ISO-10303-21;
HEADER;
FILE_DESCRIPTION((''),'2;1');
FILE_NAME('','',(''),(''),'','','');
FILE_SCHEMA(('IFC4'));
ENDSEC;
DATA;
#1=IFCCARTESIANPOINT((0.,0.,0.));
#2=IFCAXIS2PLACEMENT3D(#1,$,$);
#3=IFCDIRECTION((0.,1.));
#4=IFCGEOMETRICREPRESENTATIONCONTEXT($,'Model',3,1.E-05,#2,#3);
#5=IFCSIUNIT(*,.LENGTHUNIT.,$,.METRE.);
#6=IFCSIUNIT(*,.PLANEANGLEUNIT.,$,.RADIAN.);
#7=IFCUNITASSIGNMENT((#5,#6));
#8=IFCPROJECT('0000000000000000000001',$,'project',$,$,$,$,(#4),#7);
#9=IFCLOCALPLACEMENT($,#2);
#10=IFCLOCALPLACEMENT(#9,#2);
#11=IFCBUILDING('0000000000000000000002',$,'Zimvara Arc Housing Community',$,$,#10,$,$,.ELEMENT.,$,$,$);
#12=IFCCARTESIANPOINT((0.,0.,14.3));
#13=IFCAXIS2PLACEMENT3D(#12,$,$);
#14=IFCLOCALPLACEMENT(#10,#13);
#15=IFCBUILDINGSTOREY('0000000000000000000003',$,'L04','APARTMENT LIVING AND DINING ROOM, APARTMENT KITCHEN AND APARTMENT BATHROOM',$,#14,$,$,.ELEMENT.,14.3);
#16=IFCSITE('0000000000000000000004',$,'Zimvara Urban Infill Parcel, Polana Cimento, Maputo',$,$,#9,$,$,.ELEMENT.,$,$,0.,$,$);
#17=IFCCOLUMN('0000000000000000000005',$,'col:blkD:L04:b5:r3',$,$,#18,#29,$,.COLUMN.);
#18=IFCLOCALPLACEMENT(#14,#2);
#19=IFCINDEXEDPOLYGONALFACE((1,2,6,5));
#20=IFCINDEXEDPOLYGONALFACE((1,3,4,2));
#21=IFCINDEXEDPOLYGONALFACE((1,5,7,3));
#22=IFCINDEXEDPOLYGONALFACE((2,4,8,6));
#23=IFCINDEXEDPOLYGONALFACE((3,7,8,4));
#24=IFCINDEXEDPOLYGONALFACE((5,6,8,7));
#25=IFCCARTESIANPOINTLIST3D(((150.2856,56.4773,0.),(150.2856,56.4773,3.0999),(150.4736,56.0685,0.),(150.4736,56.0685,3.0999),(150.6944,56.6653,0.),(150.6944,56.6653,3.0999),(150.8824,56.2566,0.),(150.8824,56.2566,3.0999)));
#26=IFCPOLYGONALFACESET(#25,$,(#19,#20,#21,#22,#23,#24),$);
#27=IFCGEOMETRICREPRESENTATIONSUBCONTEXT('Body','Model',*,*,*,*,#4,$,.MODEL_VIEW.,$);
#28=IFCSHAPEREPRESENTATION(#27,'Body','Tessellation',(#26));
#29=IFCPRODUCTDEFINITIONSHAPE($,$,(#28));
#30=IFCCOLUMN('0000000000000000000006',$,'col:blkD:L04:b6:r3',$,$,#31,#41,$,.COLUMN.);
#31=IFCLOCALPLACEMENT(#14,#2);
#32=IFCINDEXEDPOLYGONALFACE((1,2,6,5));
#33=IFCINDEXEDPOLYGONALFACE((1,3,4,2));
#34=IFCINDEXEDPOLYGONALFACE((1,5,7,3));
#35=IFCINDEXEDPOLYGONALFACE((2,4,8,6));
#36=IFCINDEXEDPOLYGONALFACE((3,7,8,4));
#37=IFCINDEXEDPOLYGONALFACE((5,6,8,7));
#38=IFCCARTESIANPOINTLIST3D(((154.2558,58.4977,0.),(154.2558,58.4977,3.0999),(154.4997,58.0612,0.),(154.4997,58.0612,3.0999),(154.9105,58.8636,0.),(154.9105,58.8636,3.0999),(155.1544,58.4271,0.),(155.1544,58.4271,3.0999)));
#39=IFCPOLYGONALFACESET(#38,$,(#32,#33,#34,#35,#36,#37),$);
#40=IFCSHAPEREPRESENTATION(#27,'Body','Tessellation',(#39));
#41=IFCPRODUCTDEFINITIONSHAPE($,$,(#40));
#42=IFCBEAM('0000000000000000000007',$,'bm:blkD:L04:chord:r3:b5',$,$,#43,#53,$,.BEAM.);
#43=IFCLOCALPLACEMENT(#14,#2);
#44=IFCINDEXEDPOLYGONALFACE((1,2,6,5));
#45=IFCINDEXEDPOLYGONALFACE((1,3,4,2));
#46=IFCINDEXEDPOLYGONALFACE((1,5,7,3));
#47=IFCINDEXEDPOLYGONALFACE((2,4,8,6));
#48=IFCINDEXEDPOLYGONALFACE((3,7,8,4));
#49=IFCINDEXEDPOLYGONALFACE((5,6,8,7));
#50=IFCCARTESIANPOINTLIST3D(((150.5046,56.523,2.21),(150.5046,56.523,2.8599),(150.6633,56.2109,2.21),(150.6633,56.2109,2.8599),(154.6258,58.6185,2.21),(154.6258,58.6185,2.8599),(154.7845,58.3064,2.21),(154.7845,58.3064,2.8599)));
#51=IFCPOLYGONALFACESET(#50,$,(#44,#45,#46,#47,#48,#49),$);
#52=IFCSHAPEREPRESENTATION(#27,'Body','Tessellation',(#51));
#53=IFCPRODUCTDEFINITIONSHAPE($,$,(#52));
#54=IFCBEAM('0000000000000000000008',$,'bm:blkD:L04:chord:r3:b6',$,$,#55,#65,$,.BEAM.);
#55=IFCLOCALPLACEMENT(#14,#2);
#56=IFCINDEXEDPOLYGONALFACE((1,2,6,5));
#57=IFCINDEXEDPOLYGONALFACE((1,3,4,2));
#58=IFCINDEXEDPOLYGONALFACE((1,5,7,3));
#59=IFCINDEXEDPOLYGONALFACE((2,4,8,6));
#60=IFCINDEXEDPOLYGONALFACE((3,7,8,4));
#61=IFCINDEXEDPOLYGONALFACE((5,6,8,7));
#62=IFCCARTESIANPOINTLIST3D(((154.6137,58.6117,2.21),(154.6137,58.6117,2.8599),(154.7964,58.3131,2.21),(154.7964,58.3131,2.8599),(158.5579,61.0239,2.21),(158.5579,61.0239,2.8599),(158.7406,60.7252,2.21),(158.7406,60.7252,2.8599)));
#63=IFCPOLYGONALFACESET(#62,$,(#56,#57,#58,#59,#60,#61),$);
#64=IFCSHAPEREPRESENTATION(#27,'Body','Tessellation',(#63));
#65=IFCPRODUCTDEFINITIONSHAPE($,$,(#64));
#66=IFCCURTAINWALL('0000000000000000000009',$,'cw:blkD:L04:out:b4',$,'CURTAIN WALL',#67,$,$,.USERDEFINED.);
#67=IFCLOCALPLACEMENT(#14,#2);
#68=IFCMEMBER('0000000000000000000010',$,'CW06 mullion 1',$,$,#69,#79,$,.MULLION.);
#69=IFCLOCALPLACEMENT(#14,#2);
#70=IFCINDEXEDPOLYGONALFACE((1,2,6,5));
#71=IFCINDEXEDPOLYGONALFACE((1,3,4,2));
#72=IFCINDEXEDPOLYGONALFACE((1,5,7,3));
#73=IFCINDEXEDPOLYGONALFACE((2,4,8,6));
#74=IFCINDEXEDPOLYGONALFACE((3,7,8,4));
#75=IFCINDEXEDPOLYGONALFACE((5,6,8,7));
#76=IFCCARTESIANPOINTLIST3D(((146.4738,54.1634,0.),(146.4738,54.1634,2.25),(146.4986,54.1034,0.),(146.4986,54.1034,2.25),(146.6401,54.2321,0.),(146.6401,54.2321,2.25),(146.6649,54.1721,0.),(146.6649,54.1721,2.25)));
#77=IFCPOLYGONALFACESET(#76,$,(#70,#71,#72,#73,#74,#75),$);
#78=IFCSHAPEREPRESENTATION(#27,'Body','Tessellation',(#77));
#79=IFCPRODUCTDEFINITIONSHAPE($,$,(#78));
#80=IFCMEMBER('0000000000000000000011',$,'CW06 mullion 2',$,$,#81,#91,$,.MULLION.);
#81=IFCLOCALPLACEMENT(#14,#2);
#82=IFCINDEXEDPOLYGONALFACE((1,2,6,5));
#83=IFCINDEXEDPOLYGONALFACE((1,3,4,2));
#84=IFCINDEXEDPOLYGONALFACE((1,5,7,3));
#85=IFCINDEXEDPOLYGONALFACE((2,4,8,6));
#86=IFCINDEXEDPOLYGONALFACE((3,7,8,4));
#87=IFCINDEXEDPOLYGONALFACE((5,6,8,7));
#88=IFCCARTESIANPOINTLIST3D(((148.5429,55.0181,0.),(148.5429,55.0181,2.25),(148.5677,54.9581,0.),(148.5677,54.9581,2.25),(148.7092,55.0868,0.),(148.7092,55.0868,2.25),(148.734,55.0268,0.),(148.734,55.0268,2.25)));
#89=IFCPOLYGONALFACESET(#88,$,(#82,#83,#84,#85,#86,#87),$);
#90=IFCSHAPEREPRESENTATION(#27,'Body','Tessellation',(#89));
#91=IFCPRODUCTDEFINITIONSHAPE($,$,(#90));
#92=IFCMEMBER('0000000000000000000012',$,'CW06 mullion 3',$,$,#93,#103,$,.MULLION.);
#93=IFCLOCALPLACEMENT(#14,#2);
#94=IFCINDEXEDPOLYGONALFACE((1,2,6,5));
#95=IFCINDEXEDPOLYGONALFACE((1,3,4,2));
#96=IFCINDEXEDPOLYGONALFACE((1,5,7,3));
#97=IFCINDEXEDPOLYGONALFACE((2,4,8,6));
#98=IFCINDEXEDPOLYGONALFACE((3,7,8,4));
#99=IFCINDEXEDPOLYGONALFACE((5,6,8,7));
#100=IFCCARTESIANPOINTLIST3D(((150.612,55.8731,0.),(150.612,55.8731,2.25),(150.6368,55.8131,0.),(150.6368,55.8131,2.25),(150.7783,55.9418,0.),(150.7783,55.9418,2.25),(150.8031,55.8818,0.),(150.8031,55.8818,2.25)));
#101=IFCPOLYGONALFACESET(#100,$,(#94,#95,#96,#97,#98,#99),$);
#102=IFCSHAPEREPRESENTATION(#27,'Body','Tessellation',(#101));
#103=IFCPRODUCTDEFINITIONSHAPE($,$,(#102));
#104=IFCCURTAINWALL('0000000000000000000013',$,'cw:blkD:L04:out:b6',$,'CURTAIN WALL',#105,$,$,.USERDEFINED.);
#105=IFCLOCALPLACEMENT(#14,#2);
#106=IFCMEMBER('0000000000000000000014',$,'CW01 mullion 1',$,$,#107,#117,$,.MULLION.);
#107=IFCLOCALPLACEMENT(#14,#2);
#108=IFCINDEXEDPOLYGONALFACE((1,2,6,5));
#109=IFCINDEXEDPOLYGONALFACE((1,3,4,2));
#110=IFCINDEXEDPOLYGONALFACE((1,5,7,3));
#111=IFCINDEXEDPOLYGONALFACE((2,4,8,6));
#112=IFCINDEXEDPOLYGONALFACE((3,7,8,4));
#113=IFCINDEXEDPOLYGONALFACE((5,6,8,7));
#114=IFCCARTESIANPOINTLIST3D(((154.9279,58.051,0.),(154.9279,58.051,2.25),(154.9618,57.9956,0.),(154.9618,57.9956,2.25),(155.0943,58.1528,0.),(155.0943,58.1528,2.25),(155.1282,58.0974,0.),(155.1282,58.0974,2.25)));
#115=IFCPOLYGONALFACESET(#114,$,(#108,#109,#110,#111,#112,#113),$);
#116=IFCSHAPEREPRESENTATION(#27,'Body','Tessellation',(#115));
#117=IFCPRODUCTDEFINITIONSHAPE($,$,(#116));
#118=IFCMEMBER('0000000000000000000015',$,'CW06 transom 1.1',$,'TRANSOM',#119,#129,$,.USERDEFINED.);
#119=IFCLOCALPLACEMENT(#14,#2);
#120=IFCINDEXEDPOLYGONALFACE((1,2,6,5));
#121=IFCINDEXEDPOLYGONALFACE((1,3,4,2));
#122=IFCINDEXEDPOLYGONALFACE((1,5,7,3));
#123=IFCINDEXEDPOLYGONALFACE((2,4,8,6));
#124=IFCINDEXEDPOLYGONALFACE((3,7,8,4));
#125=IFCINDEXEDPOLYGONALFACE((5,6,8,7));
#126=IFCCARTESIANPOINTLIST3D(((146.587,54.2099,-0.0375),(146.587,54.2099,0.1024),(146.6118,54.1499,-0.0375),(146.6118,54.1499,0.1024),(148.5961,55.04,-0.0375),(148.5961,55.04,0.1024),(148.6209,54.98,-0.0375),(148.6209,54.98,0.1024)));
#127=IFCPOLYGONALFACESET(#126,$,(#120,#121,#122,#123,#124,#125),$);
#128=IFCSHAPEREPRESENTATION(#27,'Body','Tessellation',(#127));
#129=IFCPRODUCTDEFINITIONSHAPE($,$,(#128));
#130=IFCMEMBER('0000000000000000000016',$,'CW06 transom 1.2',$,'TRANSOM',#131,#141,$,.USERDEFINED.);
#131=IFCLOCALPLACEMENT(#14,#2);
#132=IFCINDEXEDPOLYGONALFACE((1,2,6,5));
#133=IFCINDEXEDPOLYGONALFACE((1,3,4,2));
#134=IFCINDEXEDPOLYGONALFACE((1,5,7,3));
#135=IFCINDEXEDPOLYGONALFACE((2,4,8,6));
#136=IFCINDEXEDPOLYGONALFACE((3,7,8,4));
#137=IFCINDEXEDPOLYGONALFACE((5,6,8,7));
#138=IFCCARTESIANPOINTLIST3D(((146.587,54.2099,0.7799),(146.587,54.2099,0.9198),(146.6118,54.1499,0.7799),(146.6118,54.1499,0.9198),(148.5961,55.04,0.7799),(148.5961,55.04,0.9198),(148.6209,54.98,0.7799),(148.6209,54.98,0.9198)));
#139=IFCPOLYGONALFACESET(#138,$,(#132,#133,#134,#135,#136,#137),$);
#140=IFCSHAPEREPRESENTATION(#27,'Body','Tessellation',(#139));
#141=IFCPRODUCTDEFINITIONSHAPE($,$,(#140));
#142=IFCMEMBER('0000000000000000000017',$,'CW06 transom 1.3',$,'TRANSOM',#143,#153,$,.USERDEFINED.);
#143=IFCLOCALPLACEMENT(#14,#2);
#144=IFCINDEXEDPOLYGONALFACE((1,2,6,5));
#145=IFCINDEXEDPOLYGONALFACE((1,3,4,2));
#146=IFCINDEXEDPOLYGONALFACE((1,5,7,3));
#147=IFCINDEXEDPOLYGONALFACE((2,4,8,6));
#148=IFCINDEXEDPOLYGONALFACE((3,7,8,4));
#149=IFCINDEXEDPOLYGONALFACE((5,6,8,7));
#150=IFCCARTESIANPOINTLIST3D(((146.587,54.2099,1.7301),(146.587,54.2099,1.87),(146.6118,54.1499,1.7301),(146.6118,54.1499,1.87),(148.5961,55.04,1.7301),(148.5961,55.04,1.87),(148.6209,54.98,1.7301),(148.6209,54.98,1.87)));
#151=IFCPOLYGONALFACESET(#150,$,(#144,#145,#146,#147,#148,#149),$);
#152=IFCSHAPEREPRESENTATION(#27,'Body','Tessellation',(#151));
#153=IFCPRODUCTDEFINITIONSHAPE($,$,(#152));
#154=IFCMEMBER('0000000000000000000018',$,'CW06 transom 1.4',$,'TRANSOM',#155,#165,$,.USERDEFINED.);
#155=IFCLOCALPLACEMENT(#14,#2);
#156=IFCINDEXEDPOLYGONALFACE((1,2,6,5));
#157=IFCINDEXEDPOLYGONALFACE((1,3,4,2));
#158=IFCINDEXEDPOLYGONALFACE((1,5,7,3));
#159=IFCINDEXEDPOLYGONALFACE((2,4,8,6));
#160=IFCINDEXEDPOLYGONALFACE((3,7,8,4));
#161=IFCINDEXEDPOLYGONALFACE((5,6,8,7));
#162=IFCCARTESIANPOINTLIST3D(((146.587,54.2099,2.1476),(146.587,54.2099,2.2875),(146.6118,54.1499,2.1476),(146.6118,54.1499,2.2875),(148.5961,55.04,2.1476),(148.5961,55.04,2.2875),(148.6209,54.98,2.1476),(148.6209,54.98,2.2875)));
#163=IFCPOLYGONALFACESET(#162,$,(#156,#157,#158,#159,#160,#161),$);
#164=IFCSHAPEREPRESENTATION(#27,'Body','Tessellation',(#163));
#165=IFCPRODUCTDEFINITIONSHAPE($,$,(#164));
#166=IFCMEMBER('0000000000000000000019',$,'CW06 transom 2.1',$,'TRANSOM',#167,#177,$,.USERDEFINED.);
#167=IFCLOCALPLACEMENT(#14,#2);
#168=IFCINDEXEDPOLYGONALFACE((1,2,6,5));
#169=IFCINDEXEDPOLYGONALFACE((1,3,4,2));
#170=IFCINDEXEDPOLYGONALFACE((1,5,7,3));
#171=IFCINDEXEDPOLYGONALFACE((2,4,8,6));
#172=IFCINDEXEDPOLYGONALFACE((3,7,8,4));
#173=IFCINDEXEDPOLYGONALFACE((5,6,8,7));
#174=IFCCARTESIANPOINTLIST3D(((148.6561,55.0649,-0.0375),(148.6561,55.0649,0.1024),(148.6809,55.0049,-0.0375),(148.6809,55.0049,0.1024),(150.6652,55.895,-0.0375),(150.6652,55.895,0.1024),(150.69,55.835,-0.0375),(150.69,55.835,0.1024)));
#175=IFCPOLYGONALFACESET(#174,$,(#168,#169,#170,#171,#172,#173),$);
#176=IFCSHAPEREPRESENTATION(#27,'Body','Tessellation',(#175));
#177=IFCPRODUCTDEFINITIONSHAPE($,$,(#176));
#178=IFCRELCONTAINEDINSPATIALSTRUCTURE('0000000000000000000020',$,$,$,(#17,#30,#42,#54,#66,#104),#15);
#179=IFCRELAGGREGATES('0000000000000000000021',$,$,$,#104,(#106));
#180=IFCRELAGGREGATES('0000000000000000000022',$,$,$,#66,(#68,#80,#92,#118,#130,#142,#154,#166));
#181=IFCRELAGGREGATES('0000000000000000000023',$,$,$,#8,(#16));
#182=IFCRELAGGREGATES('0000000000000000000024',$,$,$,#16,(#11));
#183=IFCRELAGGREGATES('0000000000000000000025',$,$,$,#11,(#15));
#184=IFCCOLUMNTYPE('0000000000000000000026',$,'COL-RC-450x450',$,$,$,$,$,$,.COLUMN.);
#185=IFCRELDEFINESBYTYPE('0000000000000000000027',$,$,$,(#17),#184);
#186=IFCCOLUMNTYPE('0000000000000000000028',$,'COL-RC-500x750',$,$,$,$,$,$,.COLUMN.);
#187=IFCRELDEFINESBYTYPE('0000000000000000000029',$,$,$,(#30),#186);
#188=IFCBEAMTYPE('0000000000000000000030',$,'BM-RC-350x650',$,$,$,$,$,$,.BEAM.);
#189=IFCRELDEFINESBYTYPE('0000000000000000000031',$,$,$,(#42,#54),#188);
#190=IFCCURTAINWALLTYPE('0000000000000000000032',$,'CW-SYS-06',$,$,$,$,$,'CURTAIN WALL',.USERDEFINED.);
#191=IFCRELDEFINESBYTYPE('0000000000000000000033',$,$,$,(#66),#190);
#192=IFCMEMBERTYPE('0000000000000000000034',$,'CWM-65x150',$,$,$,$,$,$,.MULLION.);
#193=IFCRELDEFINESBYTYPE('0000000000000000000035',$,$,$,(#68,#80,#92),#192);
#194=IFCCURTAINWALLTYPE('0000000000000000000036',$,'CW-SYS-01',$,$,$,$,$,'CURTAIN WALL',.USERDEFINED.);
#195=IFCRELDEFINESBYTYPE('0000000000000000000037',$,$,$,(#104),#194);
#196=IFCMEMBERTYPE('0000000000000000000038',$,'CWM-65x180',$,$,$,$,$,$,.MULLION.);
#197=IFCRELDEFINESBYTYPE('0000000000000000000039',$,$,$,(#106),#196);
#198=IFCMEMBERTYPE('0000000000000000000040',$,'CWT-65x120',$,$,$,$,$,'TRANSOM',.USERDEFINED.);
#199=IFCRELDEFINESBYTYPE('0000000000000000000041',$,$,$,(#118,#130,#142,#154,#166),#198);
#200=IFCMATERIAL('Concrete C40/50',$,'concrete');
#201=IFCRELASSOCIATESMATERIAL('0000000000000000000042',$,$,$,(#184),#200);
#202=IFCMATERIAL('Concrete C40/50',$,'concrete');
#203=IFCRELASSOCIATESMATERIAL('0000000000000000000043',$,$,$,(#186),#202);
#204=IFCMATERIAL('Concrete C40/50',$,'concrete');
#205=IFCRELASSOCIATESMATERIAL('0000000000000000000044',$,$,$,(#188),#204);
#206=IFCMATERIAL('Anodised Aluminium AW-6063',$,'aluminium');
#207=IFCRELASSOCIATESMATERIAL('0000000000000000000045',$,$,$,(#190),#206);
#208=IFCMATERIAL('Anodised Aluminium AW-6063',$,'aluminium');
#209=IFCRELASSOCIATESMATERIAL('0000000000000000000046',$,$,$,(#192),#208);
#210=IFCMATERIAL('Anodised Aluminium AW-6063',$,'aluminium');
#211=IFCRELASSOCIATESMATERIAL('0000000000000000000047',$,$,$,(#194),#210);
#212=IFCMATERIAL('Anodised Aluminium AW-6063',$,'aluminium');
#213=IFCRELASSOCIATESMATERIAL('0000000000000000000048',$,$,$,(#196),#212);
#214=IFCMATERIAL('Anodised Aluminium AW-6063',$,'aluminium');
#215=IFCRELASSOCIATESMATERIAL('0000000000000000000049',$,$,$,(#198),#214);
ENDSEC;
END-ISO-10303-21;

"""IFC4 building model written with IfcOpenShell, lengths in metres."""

from ifc_helpers import new_model, si_unit, direction, frame, origin, origin_2d, place, context, subcontext, project, spatial, rectangle, extrude, material, material_profile, profile_set, type_object, element, aggregate, save


model = new_model("IFC4")

# Units and contexts
model_context = context("Model", 3, precision=1e-05, world=origin(), true_north=direction((0.0, 1.0)))
body_context = subcontext(model_context, "Body", "Model", "MODEL_VIEW")
ifc_project = project(units=[si_unit("LENGTHUNIT", "METRE"), si_unit("PLANEANGLEUNIT", "RADIAN")], contexts=[model_context])

# Site, building, storey
site_placement = place(None, origin())
site = spatial("IfcSite", under=ifc_project, at=site_placement, Name="Zimvara Urban Infill Parcel, Polana Cimento, Maputo", CompositionType="ELEMENT", RefElevation=0.0)
building_placement = place(site_placement, origin())
building = spatial("IfcBuilding", under=site, at=building_placement, Name="Zimvara Arc Housing Community", CompositionType="ELEMENT")
storey_placement = place(building_placement, frame((0.0, 0.0, 14.3)))
storey = spatial("IfcBuildingStorey", under=building, at=storey_placement, Name="L04", Description="APARTMENT LIVING AND DINING ROOM, APARTMENT KITCHEN AND APARTMENT BATHROOM", CompositionType="ELEMENT", Elevation=14.3)

# Columns
ifc_material_1 = material(Name="Concrete C40/50", Category="concrete")
ifc_material_profile_1 = material_profile(ifc_material_1, rectangle(XDim=0.45, YDim=0.45, at=origin_2d()), Name="RC 450x450")
ifc_profile_set_1 = profile_set([ifc_material_profile_1], Name="Concrete C40/50")
column_type_1 = type_object("IfcColumnType", Name="COL-RC-450x450", PredefinedType="COLUMN", material=ifc_profile_set_1)
column_1_placement = place(storey_placement, frame((150.584, 56.3669, 0.0), z_axis=(0.0, 0.0, 1.0), x_axis=(0.417867, -0.908508, 0.0)))
element("IfcColumn", 1, at=column_1_placement, inside=storey, type_object=column_type_1, Name="col:blkD:L04:b5:r3", PredefinedType="COLUMN", context=body_context, shape_type="SweptSolid", body=[
    extrude(rectangle(XDim=0.45, YDim=0.45, at=origin_2d()), origin(), (0.0, 0.0, 1.0), 3.0999),
])
ifc_material_2 = material(Name="Concrete C40/50", Category="concrete")
ifc_material_profile_2 = material_profile(ifc_material_2, rectangle(XDim=0.5, YDim=0.75, at=origin_2d()), Name="RC 500x750")
ifc_profile_set_2 = profile_set([ifc_material_profile_2], Name="Concrete C40/50")
column_type_2 = type_object("IfcColumnType", Name="COL-RC-500x750", PredefinedType="COLUMN", material=ifc_profile_set_2)
column_2_placement = place(storey_placement, frame((154.7051, 58.4624, 0.0), z_axis=(0.0, 0.0, 1.0), x_axis=(0.48786, -0.872922, 0.0)))
element("IfcColumn", 2, at=column_2_placement, inside=storey, type_object=column_type_2, Name="col:blkD:L04:b6:r3", PredefinedType="COLUMN", context=body_context, shape_type="SweptSolid", body=[
    extrude(rectangle(XDim=0.5, YDim=0.75, at=origin_2d()), origin(), (0.0, 0.0, 1.0), 3.0999),
])

# Beams
ifc_material_3 = material(Name="Concrete C40/50", Category="concrete")
ifc_material_profile_3 = material_profile(ifc_material_3, rectangle(XDim=0.3501, YDim=0.6499, at=origin_2d()), Name="RC 350x650")
ifc_profile_set_3 = profile_set([ifc_material_profile_3], Name="Concrete C40/50")
beam_type = type_object("IfcBeamType", Name="BM-RC-350x650", PredefinedType="BEAM", material=ifc_profile_set_3)
for number, where, z_axis, x_axis, name in (
    (3, (150.584, 56.3669, 2.5349), (0.891386, 0.453245, 0.0), (-0.453245, 0.891386, 0.0), "bm:blkD:L04:chord:r3:b5"),
    (4, (154.7051, 58.4624, 2.5349), (0.853106, 0.521738, 0.0), (-0.521738, 0.853106, 0.0), "bm:blkD:L04:chord:r3:b6"),
):
    element("IfcBeam", number, at=place(storey_placement, frame(where, z_axis=z_axis, x_axis=x_axis)), inside=storey, type_object=beam_type, Name=name, PredefinedType="BEAM", context=body_context, shape_type="SweptSolid", body=[
        extrude(rectangle(XDim=0.3501, YDim=0.6499, at=origin_2d()), origin(), (0.0, 0.0, 1.0), 4.6233),
    ])

# Curtain wall, members
ifc_material_4 = material(Name="Anodised Aluminium AW-6063", Category="aluminium")
curtain_wall_type_1 = type_object("IfcCurtainWallType", Name="CW-SYS-06", ElementType="CURTAIN WALL", PredefinedType="USERDEFINED", material=ifc_material_4)
curtain_wall_1_placement = place(storey_placement, origin())
curtain_wall_1 = element("IfcCurtainWall", 5, at=curtain_wall_1_placement, inside=storey, type_object=curtain_wall_type_1, Name="cw:blkD:L04:out:b4", ObjectType="CURTAIN WALL", PredefinedType="USERDEFINED")
ifc_material_5 = material(Name="Anodised Aluminium AW-6063", Category="aluminium")
ifc_material_profile_4 = material_profile(ifc_material_5, rectangle(XDim=0.0649, YDim=0.1799, at=origin_2d()), Name="ALU 65x180")
ifc_profile_set_4 = profile_set([ifc_material_profile_4], Name="Anodised Aluminium AW-6063")
member_type_1 = type_object("IfcMemberType", Name="CWM-65x150", PredefinedType="MULLION", material=ifc_profile_set_4)
member_1_placement = place(storey_placement, frame((146.5693, 54.1677, 0.0), z_axis=(0.0, 0.0, 1.0), x_axis=(-0.381876, 0.924213, 0.0)))
member_1 = element("IfcMember", 6, at=member_1_placement, type_object=member_type_1, Name="CW06 mullion 1", PredefinedType="MULLION", context=body_context, shape_type="SweptSolid", body=[
    extrude(rectangle(XDim=0.0649, YDim=0.1799, at=origin_2d()), origin(), (0.0, 0.0, 1.0), 2.25),
])
member_2_placement = place(storey_placement, frame((148.6384, 55.0225, 0.0), z_axis=(0.0, 0.0, 1.0), x_axis=(-0.381876, 0.924213, 0.0)))
member_2 = element("IfcMember", 7, at=member_2_placement, type_object=member_type_1, Name="CW06 mullion 2", PredefinedType="MULLION", context=body_context, shape_type="SweptSolid", body=[
    extrude(rectangle(XDim=0.0649, YDim=0.1799, at=origin_2d()), origin(), (0.0, 0.0, 1.0), 2.25),
])
member_3_placement = place(storey_placement, frame((150.7075, 55.8774, 0.0), z_axis=(0.0, 0.0, 1.0), x_axis=(-0.381876, 0.924213, 0.0)))
member_3 = element("IfcMember", 8, at=member_3_placement, type_object=member_type_1, Name="CW06 mullion 3", PredefinedType="MULLION", context=body_context, shape_type="SweptSolid", body=[
    extrude(rectangle(XDim=0.0649, YDim=0.1799, at=origin_2d()), origin(), (0.0, 0.0, 1.0), 2.25),
])

# Curtain wall, member
ifc_material_6 = material(Name="Anodised Aluminium AW-6063", Category="aluminium")
curtain_wall_type_2 = type_object("IfcCurtainWallType", Name="CW-SYS-01", ElementType="CURTAIN WALL", PredefinedType="USERDEFINED", material=ifc_material_6)
curtain_wall_2_placement = place(storey_placement, origin())
curtain_wall_2 = element("IfcCurtainWall", 9, at=curtain_wall_2_placement, inside=storey, type_object=curtain_wall_type_2, Name="cw:blkD:L04:out:b6", ObjectType="CURTAIN WALL", PredefinedType="USERDEFINED")
ifc_material_7 = material(Name="Anodised Aluminium AW-6063", Category="aluminium")
ifc_material_profile_5 = material_profile(ifc_material_7, rectangle(XDim=0.0649, YDim=0.1951, at=origin_2d()), Name="ALU 65x195")
ifc_profile_set_5 = profile_set([ifc_material_profile_5], Name="Anodised Aluminium AW-6063")
member_type_2 = type_object("IfcMemberType", Name="CWM-65x180", PredefinedType="MULLION", material=ifc_profile_set_5)
member_4_placement = place(storey_placement, frame((155.0281, 58.0742, 0.0), z_axis=(0.0, 0.0, 1.0), x_axis=(-0.521754, 0.853096, 0.0)))
member_4 = element("IfcMember", 10, at=member_4_placement, type_object=member_type_2, Name="CW01 mullion 1", PredefinedType="MULLION", context=body_context, shape_type="SweptSolid", body=[
    extrude(rectangle(XDim=0.0649, YDim=0.1951, at=origin_2d()), origin(), (0.0, 0.0, 1.0), 2.25),
])

# Members
ifc_material_8 = material(Name="Anodised Aluminium AW-6063", Category="aluminium")
ifc_material_profile_6 = material_profile(ifc_material_8, rectangle(XDim=0.0649, YDim=0.1399, at=origin_2d()), Name="ALU 65x140")
ifc_profile_set_6 = profile_set([ifc_material_profile_6], Name="Anodised Aluminium AW-6063")
member_type_3 = type_object("IfcMemberType", Name="CWT-65x120", ElementType="TRANSOM", PredefinedType="USERDEFINED", material=ifc_profile_set_6)
member_5_placement = place(storey_placement, frame((146.5994, 54.1799, 0.0325), z_axis=(0.924219, 0.381862, 0.0), x_axis=(-0.381862, 0.924219, 0.0)))
member_5 = element("IfcMember", 11, at=member_5_placement, type_object=member_type_3, Name="CW06 transom 1.1", ObjectType="TRANSOM", PredefinedType="USERDEFINED", context=body_context, shape_type="SweptSolid", body=[
    extrude(rectangle(XDim=0.0649, YDim=0.1399, at=origin_2d()), origin(), (0.0, 0.0, 1.0), 2.1738),
])
member_6_placement = place(storey_placement, frame((146.5994, 54.1799, 0.8499), z_axis=(0.924219, 0.381862, 0.0), x_axis=(-0.381862, 0.924219, 0.0)))
member_6 = element("IfcMember", 12, at=member_6_placement, type_object=member_type_3, Name="CW06 transom 1.2", ObjectType="TRANSOM", PredefinedType="USERDEFINED", context=body_context, shape_type="SweptSolid", body=[
    extrude(rectangle(XDim=0.0649, YDim=0.1399, at=origin_2d()), origin(), (0.0, 0.0, 1.0), 2.1738),
])
member_7_placement = place(storey_placement, frame((146.5994, 54.1799, 1.8), z_axis=(0.924219, 0.381862, 0.0), x_axis=(-0.381862, 0.924219, 0.0)))
member_7 = element("IfcMember", 13, at=member_7_placement, type_object=member_type_3, Name="CW06 transom 1.3", ObjectType="TRANSOM", PredefinedType="USERDEFINED", context=body_context, shape_type="SweptSolid", body=[
    extrude(rectangle(XDim=0.0649, YDim=0.1399, at=origin_2d()), origin(), (0.0, 0.0, 1.0), 2.1738),
])
member_8_placement = place(storey_placement, frame((146.5994, 54.1799, 2.2175), z_axis=(0.924219, 0.381862, 0.0), x_axis=(-0.381862, 0.924219, 0.0)))
member_8 = element("IfcMember", 14, at=member_8_placement, type_object=member_type_3, Name="CW06 transom 1.4", ObjectType="TRANSOM", PredefinedType="USERDEFINED", context=body_context, shape_type="SweptSolid", body=[
    extrude(rectangle(XDim=0.0649, YDim=0.1399, at=origin_2d()), origin(), (0.0, 0.0, 1.0), 2.1738),
])
member_9_placement = place(storey_placement, frame((148.6685, 55.0349, 0.0325), z_axis=(0.924219, 0.381862, 0.0), x_axis=(-0.381862, 0.924219, 0.0)))
member_9 = element("IfcMember", 15, at=member_9_placement, type_object=member_type_3, Name="CW06 transom 2.1", ObjectType="TRANSOM", PredefinedType="USERDEFINED", context=body_context, shape_type="SweptSolid", body=[
    extrude(rectangle(XDim=0.0649, YDim=0.1399, at=origin_2d()), origin(), (0.0, 0.0, 1.0), 2.1738),
])
aggregate(curtain_wall_2, [member_4])

aggregate(curtain_wall_1, [member_1, member_2, member_3, member_5, member_6, member_7, member_8, member_9])

save(model, "model.ifc")
